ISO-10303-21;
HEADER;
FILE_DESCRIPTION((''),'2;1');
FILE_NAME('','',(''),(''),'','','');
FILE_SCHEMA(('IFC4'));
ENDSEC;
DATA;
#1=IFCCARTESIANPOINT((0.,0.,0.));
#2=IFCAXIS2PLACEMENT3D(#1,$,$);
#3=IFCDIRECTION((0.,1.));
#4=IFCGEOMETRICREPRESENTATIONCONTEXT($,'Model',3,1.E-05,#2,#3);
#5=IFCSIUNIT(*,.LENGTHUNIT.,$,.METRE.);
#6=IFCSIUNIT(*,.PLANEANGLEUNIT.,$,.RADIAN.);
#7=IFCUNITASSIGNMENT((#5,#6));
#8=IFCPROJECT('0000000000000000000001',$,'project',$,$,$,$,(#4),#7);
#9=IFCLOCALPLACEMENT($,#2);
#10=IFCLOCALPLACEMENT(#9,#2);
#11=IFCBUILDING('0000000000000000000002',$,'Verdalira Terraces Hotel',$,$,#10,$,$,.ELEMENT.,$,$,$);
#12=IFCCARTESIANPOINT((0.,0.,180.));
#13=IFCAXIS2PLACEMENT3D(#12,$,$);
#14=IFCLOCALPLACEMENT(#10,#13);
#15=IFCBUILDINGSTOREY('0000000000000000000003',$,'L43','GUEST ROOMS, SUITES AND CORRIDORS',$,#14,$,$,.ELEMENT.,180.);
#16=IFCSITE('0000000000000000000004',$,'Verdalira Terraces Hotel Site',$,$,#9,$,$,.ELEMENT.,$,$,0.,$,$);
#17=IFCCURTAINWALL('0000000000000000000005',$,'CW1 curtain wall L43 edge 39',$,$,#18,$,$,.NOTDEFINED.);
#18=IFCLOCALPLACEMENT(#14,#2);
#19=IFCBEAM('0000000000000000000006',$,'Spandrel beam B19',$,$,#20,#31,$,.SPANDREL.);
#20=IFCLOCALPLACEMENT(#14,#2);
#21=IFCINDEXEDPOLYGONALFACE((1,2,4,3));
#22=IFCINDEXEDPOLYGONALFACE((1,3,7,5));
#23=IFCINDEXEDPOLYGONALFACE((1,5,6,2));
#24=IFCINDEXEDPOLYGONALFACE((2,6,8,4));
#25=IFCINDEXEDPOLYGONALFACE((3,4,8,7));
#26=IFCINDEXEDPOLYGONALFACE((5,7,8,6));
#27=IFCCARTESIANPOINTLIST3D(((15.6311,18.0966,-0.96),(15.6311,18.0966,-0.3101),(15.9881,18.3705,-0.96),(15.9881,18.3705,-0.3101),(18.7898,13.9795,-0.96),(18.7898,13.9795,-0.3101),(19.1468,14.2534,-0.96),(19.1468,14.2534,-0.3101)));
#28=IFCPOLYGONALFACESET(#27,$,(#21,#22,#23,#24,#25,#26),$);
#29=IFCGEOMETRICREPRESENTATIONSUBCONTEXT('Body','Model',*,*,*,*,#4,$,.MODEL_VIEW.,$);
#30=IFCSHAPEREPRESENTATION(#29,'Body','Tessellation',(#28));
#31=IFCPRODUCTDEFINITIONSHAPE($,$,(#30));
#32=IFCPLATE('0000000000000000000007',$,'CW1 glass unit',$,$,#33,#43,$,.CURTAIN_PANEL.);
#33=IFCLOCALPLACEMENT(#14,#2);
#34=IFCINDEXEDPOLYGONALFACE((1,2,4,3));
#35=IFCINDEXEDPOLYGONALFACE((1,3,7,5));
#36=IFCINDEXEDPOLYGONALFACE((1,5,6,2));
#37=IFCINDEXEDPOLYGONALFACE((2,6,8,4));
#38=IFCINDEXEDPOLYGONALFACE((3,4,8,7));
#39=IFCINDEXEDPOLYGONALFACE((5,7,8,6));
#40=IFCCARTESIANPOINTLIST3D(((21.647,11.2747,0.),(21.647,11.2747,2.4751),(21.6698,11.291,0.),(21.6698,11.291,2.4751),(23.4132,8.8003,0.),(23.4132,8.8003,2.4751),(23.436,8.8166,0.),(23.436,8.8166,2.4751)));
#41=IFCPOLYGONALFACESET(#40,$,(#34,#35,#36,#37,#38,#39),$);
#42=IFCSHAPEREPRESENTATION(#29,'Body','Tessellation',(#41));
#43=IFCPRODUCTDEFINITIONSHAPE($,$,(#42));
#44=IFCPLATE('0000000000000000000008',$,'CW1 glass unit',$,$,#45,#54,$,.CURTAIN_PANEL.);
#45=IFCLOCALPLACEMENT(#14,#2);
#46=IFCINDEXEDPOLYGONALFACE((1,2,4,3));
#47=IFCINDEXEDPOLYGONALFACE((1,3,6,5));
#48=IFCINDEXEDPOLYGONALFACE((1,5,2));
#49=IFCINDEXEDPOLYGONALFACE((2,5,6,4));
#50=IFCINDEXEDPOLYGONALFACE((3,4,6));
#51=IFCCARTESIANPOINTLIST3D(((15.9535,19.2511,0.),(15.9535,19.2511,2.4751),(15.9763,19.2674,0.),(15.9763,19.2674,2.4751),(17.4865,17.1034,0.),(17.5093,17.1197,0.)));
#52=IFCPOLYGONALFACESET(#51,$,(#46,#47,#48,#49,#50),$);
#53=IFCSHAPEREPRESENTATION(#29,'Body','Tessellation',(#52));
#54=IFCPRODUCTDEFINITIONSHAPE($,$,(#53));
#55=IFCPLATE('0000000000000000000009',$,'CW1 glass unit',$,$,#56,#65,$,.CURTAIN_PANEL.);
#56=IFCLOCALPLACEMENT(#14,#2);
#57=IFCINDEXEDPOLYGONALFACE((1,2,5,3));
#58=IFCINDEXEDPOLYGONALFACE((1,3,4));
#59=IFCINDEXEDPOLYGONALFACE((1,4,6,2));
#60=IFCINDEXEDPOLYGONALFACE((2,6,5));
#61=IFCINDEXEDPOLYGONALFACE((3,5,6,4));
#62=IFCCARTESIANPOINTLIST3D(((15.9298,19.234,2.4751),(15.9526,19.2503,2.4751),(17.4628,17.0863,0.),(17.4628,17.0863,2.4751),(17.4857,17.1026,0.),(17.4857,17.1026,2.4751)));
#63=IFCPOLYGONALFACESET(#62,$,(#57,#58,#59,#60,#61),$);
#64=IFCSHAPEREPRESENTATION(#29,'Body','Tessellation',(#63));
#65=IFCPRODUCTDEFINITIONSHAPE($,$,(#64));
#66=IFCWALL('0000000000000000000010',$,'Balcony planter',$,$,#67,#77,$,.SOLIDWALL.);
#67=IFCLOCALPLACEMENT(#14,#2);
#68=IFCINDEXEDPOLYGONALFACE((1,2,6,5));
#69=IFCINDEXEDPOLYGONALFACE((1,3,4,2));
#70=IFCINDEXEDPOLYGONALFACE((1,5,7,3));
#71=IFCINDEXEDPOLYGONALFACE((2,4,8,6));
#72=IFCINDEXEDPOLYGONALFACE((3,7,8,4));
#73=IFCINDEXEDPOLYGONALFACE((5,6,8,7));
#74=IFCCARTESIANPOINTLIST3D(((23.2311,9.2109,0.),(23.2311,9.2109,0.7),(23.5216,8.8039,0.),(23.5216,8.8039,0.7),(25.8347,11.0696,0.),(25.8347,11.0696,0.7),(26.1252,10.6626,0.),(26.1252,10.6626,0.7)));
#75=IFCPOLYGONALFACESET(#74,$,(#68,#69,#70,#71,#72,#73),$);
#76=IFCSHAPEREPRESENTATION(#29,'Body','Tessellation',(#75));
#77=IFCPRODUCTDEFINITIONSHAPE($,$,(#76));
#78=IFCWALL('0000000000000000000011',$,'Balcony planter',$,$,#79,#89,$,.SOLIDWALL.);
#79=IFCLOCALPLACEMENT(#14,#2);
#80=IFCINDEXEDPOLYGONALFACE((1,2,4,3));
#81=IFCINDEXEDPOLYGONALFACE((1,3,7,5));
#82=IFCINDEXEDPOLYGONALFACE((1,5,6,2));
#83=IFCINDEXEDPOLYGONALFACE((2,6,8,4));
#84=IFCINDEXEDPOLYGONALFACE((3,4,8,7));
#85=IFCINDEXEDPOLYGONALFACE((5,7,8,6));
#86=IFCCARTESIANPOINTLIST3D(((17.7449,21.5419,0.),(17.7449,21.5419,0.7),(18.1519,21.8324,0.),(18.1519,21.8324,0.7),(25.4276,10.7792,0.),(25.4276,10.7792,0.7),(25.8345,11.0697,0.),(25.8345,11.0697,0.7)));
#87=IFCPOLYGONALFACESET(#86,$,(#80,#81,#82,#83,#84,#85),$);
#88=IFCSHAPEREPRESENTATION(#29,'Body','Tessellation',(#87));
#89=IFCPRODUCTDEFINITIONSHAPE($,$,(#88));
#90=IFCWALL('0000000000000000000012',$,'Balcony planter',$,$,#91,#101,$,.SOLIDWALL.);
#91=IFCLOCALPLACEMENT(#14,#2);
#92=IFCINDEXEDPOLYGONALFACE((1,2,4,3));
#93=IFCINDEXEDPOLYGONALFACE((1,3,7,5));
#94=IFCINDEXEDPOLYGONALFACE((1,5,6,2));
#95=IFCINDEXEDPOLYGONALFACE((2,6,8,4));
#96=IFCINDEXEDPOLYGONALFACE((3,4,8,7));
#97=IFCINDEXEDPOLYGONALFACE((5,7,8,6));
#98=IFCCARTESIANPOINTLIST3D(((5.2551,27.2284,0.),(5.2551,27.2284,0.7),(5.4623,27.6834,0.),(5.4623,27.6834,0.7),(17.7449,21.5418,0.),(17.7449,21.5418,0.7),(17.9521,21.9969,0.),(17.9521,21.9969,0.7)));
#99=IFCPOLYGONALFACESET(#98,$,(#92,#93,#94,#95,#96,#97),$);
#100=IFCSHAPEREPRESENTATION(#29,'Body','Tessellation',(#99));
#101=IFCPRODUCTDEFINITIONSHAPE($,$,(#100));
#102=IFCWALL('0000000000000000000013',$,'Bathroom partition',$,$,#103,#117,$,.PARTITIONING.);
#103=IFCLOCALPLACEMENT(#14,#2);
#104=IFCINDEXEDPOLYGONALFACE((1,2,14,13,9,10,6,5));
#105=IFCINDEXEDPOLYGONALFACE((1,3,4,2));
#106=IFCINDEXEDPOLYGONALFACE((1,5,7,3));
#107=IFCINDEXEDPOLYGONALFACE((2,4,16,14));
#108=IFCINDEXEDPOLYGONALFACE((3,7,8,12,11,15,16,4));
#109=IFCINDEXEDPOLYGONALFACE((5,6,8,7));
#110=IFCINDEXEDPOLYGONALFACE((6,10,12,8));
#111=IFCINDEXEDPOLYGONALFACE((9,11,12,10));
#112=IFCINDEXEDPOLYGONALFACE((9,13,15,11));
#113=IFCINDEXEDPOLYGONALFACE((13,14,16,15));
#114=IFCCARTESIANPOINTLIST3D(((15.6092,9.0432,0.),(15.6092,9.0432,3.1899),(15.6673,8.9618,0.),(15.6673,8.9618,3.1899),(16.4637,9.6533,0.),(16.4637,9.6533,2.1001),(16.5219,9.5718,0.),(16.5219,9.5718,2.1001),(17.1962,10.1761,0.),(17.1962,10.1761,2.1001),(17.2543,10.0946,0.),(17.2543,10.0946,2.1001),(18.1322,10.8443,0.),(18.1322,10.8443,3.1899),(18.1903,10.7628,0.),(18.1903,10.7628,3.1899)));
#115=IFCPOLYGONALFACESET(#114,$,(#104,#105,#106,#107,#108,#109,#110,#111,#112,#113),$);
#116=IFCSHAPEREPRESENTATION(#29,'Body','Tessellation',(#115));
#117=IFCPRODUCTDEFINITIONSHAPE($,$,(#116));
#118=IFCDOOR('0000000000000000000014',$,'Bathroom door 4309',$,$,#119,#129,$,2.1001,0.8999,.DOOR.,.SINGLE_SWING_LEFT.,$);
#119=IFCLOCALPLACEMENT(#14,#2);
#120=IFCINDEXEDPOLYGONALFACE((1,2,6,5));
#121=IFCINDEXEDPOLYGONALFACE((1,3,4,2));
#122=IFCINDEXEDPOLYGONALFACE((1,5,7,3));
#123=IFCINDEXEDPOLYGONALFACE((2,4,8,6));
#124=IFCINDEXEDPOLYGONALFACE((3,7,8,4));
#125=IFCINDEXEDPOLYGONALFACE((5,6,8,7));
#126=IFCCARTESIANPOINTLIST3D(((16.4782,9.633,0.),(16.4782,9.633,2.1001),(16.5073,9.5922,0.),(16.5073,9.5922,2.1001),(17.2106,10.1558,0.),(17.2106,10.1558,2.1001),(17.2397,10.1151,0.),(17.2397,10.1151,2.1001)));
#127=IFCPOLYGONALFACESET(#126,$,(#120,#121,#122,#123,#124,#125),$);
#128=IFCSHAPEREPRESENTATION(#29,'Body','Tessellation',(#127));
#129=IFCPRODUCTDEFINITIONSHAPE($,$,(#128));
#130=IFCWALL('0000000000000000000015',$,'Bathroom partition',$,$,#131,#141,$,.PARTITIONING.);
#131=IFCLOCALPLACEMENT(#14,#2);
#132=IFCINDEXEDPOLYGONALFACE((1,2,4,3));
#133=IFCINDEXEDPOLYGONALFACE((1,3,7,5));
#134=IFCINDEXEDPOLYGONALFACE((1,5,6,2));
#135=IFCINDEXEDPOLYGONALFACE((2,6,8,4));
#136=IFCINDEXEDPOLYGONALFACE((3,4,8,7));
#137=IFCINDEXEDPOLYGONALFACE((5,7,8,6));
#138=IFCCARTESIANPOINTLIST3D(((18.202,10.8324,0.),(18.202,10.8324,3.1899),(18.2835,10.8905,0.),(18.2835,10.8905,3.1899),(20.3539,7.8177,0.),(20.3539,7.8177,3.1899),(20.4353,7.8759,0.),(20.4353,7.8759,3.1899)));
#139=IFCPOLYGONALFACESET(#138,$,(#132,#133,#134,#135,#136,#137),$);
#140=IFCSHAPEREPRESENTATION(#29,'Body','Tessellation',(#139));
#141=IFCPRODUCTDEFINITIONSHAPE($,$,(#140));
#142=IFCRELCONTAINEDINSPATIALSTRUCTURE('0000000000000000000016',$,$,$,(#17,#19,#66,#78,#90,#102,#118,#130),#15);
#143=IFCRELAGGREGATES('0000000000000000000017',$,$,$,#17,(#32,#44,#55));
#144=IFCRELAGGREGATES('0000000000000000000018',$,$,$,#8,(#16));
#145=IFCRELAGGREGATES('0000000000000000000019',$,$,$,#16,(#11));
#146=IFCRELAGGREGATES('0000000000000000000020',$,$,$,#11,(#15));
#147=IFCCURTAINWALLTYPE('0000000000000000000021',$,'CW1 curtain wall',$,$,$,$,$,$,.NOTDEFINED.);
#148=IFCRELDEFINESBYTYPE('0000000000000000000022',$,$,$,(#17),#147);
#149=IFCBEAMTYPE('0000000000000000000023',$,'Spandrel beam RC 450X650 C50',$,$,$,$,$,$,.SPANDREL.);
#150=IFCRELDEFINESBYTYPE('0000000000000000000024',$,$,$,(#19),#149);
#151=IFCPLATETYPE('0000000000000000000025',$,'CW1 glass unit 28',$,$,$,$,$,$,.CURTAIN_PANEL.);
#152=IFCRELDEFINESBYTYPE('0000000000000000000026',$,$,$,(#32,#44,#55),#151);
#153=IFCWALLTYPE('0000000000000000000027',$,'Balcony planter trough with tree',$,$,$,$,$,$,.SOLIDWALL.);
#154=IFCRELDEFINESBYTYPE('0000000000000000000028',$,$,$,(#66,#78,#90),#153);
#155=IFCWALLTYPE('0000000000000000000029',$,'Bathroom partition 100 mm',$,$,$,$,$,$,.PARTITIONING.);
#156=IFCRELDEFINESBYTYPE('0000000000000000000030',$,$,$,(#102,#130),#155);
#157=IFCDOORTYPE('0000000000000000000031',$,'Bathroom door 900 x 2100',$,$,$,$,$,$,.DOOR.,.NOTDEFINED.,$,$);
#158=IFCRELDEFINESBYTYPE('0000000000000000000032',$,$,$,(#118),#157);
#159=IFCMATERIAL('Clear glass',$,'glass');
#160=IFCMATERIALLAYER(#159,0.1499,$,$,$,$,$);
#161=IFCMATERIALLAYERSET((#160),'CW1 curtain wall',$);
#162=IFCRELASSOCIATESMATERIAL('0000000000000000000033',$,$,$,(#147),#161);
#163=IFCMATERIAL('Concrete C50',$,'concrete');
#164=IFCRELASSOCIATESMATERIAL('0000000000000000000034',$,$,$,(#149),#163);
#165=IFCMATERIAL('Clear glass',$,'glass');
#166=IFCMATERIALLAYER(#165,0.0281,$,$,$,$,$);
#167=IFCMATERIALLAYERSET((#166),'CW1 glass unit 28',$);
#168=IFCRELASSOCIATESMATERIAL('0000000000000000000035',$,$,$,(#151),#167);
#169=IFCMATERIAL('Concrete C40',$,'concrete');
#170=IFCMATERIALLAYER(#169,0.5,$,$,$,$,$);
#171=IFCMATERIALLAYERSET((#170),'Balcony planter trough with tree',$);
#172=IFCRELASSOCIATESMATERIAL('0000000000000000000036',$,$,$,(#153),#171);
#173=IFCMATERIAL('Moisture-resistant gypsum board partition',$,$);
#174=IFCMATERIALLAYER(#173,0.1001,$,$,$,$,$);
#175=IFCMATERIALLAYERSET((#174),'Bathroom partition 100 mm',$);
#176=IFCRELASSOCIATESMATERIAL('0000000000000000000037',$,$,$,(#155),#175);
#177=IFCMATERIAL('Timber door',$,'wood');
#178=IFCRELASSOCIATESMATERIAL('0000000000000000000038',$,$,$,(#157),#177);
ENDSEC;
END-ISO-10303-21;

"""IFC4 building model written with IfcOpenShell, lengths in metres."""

from ifc_helpers import new_model, si_unit, direction, frame, frame_2d, origin, origin_2d, place, context, subcontext, project, spatial, polyline, rectangle, outline, extrude, material, layer, layer_set, material_profile, profile_set, type_object, element, fill, aggregate, save


model = new_model("IFC4")

# Units and contexts
model_context = context("Model", 3, precision=1e-05, world=origin(), true_north=direction((0.0, 1.0)))
body_context = subcontext(model_context, "Body", "Model", "MODEL_VIEW")
ifc_project = project(units=[si_unit("LENGTHUNIT", "METRE"), si_unit("PLANEANGLEUNIT", "RADIAN")], contexts=[model_context])

# Site, building, storey
site_placement = place(None, origin())
site = spatial("IfcSite", under=ifc_project, at=site_placement, Name="Verdalira Terraces Hotel Site", CompositionType="ELEMENT", RefElevation=0.0)
building_placement = place(site_placement, origin())
building = spatial("IfcBuilding", under=site, at=building_placement, Name="Verdalira Terraces Hotel", CompositionType="ELEMENT")
storey_placement = place(building_placement, frame((0.0, 0.0, 180.0)))
storey = spatial("IfcBuildingStorey", under=building, at=storey_placement, Name="L43", Description="GUEST ROOMS, SUITES AND CORRIDORS", CompositionType="ELEMENT", Elevation=180.0)

# Curtain wall
ifc_material_1 = material(Name="Clear glass", Category="glass")
ifc_layer_1 = layer(ifc_material_1, 0.1499)
ifc_layer_set_1 = layer_set([ifc_layer_1], Name="CW1 curtain wall")
curtain_wall_type_1 = type_object("IfcCurtainWallType", Name="CW1 curtain wall", PredefinedType="NOTDEFINED", material=ifc_layer_set_1)
curtain_wall_1_placement = place(storey_placement, origin())
curtain_wall_1 = element("IfcCurtainWall", 1, at=curtain_wall_1_placement, inside=storey, type_object=curtain_wall_type_1, Name="CW1 curtain wall L43 edge 39", PredefinedType="NOTDEFINED")

# Beam
ifc_material_2 = material(Name="Concrete C50", Category="concrete")
ifc_material_profile_1 = material_profile(ifc_material_2, rectangle(XDim=0.45, YDim=0.6499, at=origin_2d()), Name="RC 450X650")
ifc_profile_set_1 = profile_set([ifc_material_profile_1], Name="Concrete C50")
beam_type_1 = type_object("IfcBeamType", Name="Spandrel beam RC 450X650 C50", PredefinedType="SPANDREL", material=ifc_profile_set_1)
beam_1_placement = place(storey_placement, frame((18.9683, 14.1165, -0.635), z_axis=(-0.608696, 0.793403, 0.0), x_axis=(-0.793403, -0.608696, 0.0)))
element("IfcBeam", 2, at=beam_1_placement, inside=storey, type_object=beam_type_1, Name="Spandrel beam B19", PredefinedType="SPANDREL", context=body_context, shape_type="SweptSolid", body=[
    extrude(rectangle(XDim=0.45, YDim=0.6499, at=origin_2d()), origin(), (0.0, 0.0, 1.0), 5.1892),
])

# Plates
ifc_material_3 = material(Name="Clear glass", Category="glass")
ifc_layer_2 = layer(ifc_material_3, 0.0281)
ifc_layer_set_2 = layer_set([ifc_layer_2], Name="CW1 glass unit 28")
plate_type = type_object("IfcPlateType", Name="CW1 glass unit 28", PredefinedType="CURTAIN_PANEL", material=ifc_layer_set_2)
plate_1_placement = place(storey_placement, frame((22.5415, 10.0457, 0.0), z_axis=(0.0, 0.0, 1.0), x_axis=(-0.580987, 0.813913, 0.0)))
plate_1 = element("IfcPlate", 3, at=plate_1_placement, type_object=plate_type, Name="CW1 glass unit", PredefinedType="CURTAIN_PANEL", context=body_context, shape_type="SweptSolid", body=[
    extrude(rectangle(XDim=3.04, YDim=0.0281, at=origin_2d()), origin(), (0.0, 0.0, 1.0), 2.4751),
])
plate_2_placement = place(storey_placement, frame((16.72, 18.1772, 1.2375), z_axis=(0.813913, 0.580987, 0.0), x_axis=(-0.580987, 0.813913, 0.0)))
plate_2 = element("IfcPlate", 4, at=plate_2_placement, type_object=plate_type, Name="CW1 glass unit", PredefinedType="CURTAIN_PANEL", context=body_context, shape_type="SweptSolid", body=[
    extrude(outline(polyline([(-1.3193, -1.2375), (1.3193, -1.2375), (1.3193, 1.2375), (-1.3193, -1.2375)])), origin(), (0.0, 0.0, 1.0), 0.0281),
])
plate_3_placement = place(storey_placement, frame((16.6963, 18.1602, 1.2375), z_axis=(0.813913, 0.580987, 0.0), x_axis=(-0.580987, 0.813913, 0.0)))
plate_3 = element("IfcPlate", 5, at=plate_3_placement, type_object=plate_type, Name="CW1 glass unit", PredefinedType="CURTAIN_PANEL", context=body_context, shape_type="SweptSolid", body=[
    extrude(outline(polyline([(-1.3193, -1.2375), (1.3193, 1.2375), (-1.3193, 1.2375), (-1.3193, -1.2375)])), origin(), (0.0, 0.0, 1.0), 0.0281),
])
aggregate(curtain_wall_1, [plate_1, plate_2, plate_3])

# Walls
ifc_material_4 = material(Name="Concrete C40", Category="concrete")
ifc_layer_3 = layer(ifc_material_4, 0.5)
ifc_layer_set_3 = layer_set([ifc_layer_3], Name="Balcony planter trough with tree")
wall_type_1 = type_object("IfcWallType", Name="Balcony planter trough with tree", PredefinedType="SOLIDWALL", material=ifc_layer_set_3)
wall_1_placement = place(storey_placement, frame((23.3762, 9.0073, 0.0), z_axis=(0.0, 0.0, 1.0), x_axis=(0.813883, 0.581029, 0.0)))
element("IfcWall", 6, at=wall_1_placement, inside=storey, type_object=wall_type_1, Name="Balcony planter", PredefinedType="SOLIDWALL", context=body_context, shape_type="SweptSolid", body=[
    extrude(rectangle(XDim=3.199, YDim=0.5, at=frame_2d((1.5996, 0.0))), origin(), (0.0, 0.0, 1.0), 0.7),
])
wall_2_placement = place(storey_placement, frame((25.6311, 10.9243, 0.0), z_axis=(0.0, 0.0, 1.0), x_axis=(-0.580987, 0.813913, 0.0)))
element("IfcWall", 7, at=wall_2_placement, inside=storey, type_object=wall_type_1, Name="Balcony planter", PredefinedType="SOLIDWALL", context=body_context, shape_type="SweptSolid", body=[
    extrude(rectangle(XDim=13.2234, YDim=0.5, at=frame_2d((6.6118, 0.0))), origin(), (0.0, 0.0, 1.0), 0.7),
])
wall_3_placement = place(storey_placement, frame((17.8486, 21.7693, 0.0), z_axis=(0.0, 0.0, 1.0), x_axis=(-0.910109, 0.414368, 0.0)))
element("IfcWall", 8, at=wall_3_placement, inside=storey, type_object=wall_type_1, Name="Balcony planter", PredefinedType="SOLIDWALL", context=body_context, shape_type="SweptSolid", body=[
    extrude(rectangle(XDim=13.7234, YDim=0.5, at=frame_2d((6.8618, 0.0))), origin(), (0.0, 0.0, 1.0), 0.7),
])

# Wall, opening, door
ifc_material_5 = material(Name="Moisture-resistant gypsum board partition")
ifc_layer_4 = layer(ifc_material_5, 0.1001)
ifc_layer_set_4 = layer_set([ifc_layer_4], Name="Bathroom partition 100 mm")
wall_type_2 = type_object("IfcWallType", Name="Bathroom partition 100 mm", PredefinedType="PARTITIONING", material=ifc_layer_set_4)
wall_4_placement = place(storey_placement, frame((18.1611, 10.8035, 0.0), z_axis=(0.0, 0.0, 1.0), x_axis=(-0.813898, -0.581007, 0.0)))
wall_4 = element("IfcWall", 9, at=wall_4_placement, inside=storey, type_object=wall_type_2, Name="Bathroom partition", PredefinedType="PARTITIONING", context=body_context, shape_type="SweptSolid", body=[
    extrude(rectangle(XDim=3.0999, YDim=0.1001, at=frame_2d((1.5498, 0.0))), origin(), (0.0, 0.0, 1.0), 3.1899),
])
opening_1_placement = place(wall_4_placement, frame((1.1499, 0.0, 0.0)))
opening_1 = element("IfcOpeningElement", 10, at=opening_1_placement, cuts=wall_4, PredefinedType="OPENING", context=body_context, shape_type="SweptSolid", body=[
    extrude(rectangle(XDim=0.8999, YDim=2.1001, at=frame_2d((0.45, 1.05))), frame((0.0, 0.0601, 0.0), z_axis=(0.0, -1.0, 0.0), x_axis=(1.0, 0.0, 0.0)), (0.0, 0.0, 1.0), 0.1201),
])
ifc_material_6 = material(Name="Timber door", Category="wood")
door_type_1 = type_object("IfcDoorType", Name="Bathroom door 900 x 2100", OperationType="NOTDEFINED", PredefinedType="DOOR", material=ifc_material_6)
door_1_placement = place(opening_1_placement, origin())
door_1 = element("IfcDoor", 11, at=door_1_placement, inside=storey, type_object=door_type_1, Name="Bathroom door 4309", OperationType="SINGLE_SWING_LEFT", OverallHeight=2.1001, OverallWidth=0.8999, PredefinedType="DOOR", context=body_context, shape_type="SweptSolid", body=[
    extrude(rectangle(XDim=0.8999, YDim=2.1001, at=frame_2d((0.45, 1.05))), frame((0.0, 0.0249, 0.0), z_axis=(0.0, -1.0, 0.0), x_axis=(1.0, 0.0, 0.0)), (0.0, 0.0, 1.0), 0.05),
])
fill(opening_1, door_1)

# Wall
wall_5_placement = place(storey_placement, frame((18.2427, 10.8616, 0.0), z_axis=(0.0, 0.0, 1.0), x_axis=(0.580976, -0.81392, 0.0)))
element("IfcWall", 12, at=wall_5_placement, inside=storey, type_object=wall_type_2, Name="Bathroom partition", PredefinedType="PARTITIONING", context=body_context, shape_type="SweptSolid", body=[
    extrude(rectangle(XDim=3.7039, YDim=0.1001, at=frame_2d((1.8521, 0.0))), origin(), (0.0, 0.0, 1.0), 3.1899),
])

save(model, "model.ifc")
